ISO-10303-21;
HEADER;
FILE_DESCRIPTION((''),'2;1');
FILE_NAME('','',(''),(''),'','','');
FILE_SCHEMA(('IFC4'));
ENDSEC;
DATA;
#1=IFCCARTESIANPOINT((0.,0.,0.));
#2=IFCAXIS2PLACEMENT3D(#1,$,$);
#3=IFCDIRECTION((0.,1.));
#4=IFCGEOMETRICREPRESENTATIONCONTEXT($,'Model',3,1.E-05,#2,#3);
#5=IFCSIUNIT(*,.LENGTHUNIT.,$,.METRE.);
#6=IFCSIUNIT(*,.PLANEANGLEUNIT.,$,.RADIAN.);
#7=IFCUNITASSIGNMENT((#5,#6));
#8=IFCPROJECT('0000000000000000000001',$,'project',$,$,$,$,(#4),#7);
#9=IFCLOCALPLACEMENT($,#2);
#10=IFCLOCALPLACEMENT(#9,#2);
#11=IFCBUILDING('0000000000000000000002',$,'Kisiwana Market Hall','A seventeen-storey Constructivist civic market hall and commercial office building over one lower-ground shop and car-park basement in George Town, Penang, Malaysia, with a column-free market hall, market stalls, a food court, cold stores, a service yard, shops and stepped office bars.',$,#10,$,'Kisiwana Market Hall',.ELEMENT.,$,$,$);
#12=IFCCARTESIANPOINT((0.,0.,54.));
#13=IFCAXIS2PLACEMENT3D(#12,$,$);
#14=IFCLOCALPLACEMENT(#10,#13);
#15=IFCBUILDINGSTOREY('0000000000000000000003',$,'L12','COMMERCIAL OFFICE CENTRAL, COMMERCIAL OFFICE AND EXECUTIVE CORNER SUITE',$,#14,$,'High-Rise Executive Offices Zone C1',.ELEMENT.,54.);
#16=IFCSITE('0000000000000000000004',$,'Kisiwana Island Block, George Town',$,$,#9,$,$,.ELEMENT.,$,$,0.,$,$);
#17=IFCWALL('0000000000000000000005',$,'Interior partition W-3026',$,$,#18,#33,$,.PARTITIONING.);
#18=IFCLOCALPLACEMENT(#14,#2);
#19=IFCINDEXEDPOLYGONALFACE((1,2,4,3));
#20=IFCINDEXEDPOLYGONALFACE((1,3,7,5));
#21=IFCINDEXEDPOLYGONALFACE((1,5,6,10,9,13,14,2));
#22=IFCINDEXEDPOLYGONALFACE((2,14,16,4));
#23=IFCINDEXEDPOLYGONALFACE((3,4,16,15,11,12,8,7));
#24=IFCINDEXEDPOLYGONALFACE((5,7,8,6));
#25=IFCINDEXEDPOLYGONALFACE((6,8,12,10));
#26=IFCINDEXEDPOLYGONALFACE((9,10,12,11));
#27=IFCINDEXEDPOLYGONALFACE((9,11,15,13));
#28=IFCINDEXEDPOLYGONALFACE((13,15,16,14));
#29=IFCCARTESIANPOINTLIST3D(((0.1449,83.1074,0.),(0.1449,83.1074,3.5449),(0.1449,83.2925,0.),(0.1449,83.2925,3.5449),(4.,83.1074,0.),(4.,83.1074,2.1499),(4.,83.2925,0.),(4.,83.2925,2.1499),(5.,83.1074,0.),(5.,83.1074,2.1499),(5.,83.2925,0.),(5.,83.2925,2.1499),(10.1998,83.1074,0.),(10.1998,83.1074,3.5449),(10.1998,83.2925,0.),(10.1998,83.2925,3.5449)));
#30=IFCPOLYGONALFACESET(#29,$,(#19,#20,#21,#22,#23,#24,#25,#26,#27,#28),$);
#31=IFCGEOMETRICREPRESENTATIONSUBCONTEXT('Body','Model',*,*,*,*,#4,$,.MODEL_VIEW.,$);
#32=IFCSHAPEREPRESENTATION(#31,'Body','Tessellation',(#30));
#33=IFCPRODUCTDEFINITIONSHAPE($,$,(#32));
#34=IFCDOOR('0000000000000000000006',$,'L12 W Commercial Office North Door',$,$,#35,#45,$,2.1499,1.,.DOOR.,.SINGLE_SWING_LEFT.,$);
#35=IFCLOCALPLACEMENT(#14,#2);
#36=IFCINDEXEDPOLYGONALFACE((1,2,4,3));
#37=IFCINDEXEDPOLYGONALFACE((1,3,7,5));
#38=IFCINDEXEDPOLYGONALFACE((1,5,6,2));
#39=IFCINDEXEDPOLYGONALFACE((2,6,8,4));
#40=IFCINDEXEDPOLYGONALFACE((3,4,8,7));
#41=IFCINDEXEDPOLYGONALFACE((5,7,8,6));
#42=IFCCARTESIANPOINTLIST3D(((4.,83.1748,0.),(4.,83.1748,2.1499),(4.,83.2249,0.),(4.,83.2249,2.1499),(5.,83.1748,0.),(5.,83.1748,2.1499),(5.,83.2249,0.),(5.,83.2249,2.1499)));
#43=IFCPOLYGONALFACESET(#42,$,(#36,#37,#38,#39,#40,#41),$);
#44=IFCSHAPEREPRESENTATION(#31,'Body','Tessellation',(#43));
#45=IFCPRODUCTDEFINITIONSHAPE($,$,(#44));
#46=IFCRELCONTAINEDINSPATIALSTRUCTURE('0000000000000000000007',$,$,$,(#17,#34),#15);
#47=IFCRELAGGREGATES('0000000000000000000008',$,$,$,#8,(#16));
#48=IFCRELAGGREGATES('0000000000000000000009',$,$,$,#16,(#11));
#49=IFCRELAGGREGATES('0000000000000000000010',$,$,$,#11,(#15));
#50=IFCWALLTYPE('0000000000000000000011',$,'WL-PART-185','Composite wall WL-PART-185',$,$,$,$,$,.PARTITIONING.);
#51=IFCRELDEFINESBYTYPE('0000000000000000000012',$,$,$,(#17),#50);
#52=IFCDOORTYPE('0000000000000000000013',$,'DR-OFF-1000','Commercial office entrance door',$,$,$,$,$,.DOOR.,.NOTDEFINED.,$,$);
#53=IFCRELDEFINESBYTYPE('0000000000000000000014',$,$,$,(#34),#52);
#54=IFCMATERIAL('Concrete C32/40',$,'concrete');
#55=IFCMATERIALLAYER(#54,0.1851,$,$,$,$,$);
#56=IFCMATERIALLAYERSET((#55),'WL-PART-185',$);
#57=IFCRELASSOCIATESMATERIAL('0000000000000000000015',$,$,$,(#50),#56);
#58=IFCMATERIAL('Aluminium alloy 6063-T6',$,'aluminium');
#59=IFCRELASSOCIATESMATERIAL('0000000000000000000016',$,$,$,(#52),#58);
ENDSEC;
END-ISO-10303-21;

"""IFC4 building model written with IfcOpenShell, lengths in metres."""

from ifc_helpers import new_model, si_unit, direction, frame, frame_2d, origin, place, context, subcontext, project, spatial, rectangle, extrude, material, layer, layer_set, type_object, element, fill, save


model = new_model("IFC4")

# Units and contexts
model_context = context("Model", 3, precision=1e-05, world=origin(), true_north=direction((0.0, 1.0)))
body_context = subcontext(model_context, "Body", "Model", "MODEL_VIEW")
ifc_project = project(units=[si_unit("LENGTHUNIT", "METRE"), si_unit("PLANEANGLEUNIT", "RADIAN")], contexts=[model_context])

# Site, building, storey
site_placement = place(None, origin())
site = spatial("IfcSite", under=ifc_project, at=site_placement, Name="Kisiwana Island Block, George Town", CompositionType="ELEMENT", RefElevation=0.0)
building_placement = place(site_placement, origin())
building = spatial("IfcBuilding", under=site, at=building_placement, Name="Kisiwana Market Hall", Description="A seventeen-storey Constructivist civic market hall and commercial office building over one lower-ground shop and car-park basement in George Town, Penang, Malaysia, with a column-free market hall, market stalls, a food court, cold stores, a service yard, shops and stepped office bars.", LongName="Kisiwana Market Hall", CompositionType="ELEMENT")
storey_placement = place(building_placement, frame((0.0, 0.0, 54.0)))
storey = spatial("IfcBuildingStorey", under=building, at=storey_placement, Name="L12", Description="COMMERCIAL OFFICE CENTRAL, COMMERCIAL OFFICE AND EXECUTIVE CORNER SUITE", LongName="High-Rise Executive Offices Zone C1", CompositionType="ELEMENT", Elevation=54.0)

# Shared definitions
ifc_material_1 = material(Name="Concrete C32/40", Category="concrete")
ifc_layer_1 = layer(ifc_material_1, 0.1851)
ifc_layer_set_1 = layer_set([ifc_layer_1], Name="WL-PART-185")
wall_type_1 = type_object("IfcWallType", Name="WL-PART-185", Description="Composite wall WL-PART-185", PredefinedType="PARTITIONING", material=ifc_layer_set_1)

# Wall, opening, door
wall_1_placement = place(storey_placement, frame((0.145, 83.2, 0.0), z_axis=(0.0, 0.0, 1.0), x_axis=(1.0, 0.0, 0.0)))
wall_1 = element("IfcWall", 1, at=wall_1_placement, inside=storey, type_object=wall_type_1, Name="Interior partition W-3026", PredefinedType="PARTITIONING", context=body_context, shape_type="SweptSolid", body=[
    extrude(rectangle(XDim=10.0549, YDim=0.1851, at=frame_2d((5.0273, 0.0))), origin(), (0.0, 0.0, 1.0), 3.5449),
])
opening_1_placement = place(wall_1_placement, frame((3.855, 0.0, 0.0)))
opening_1 = element("IfcOpeningElement", 2, at=opening_1_placement, cuts=wall_1, PredefinedType="OPENING", context=body_context, shape_type="SweptSolid", body=[
    extrude(rectangle(XDim=1.0, YDim=2.1499, at=frame_2d((0.5, 1.075))), frame((0.0, 0.1045, 0.0), z_axis=(0.0, -1.0, 0.0), x_axis=(1.0, 0.0, 0.0)), (0.0, 0.0, 1.0), 0.209),
])
ifc_material_2 = material(Name="Aluminium alloy 6063-T6", Category="aluminium")
door_type_1 = type_object("IfcDoorType", Name="DR-OFF-1000", Description="Commercial office entrance door", OperationType="NOTDEFINED", PredefinedType="DOOR", material=ifc_material_2)
door_1_placement = place(opening_1_placement, origin())
door_1 = element("IfcDoor", 3, at=door_1_placement, inside=storey, type_object=door_type_1, Name="L12 W Commercial Office North Door", OperationType="SINGLE_SWING_LEFT", OverallHeight=2.1499, OverallWidth=1.0, PredefinedType="DOOR", context=body_context, shape_type="SweptSolid", body=[
    extrude(rectangle(XDim=1.0, YDim=2.1499, at=frame_2d((0.5, 1.075))), frame((0.0, 0.0249, 0.0), z_axis=(0.0, -1.0, 0.0), x_axis=(1.0, 0.0, 0.0)), (0.0, 0.0, 1.0), 0.05),
])
fill(opening_1, door_1)

save(model, "model.ifc")
